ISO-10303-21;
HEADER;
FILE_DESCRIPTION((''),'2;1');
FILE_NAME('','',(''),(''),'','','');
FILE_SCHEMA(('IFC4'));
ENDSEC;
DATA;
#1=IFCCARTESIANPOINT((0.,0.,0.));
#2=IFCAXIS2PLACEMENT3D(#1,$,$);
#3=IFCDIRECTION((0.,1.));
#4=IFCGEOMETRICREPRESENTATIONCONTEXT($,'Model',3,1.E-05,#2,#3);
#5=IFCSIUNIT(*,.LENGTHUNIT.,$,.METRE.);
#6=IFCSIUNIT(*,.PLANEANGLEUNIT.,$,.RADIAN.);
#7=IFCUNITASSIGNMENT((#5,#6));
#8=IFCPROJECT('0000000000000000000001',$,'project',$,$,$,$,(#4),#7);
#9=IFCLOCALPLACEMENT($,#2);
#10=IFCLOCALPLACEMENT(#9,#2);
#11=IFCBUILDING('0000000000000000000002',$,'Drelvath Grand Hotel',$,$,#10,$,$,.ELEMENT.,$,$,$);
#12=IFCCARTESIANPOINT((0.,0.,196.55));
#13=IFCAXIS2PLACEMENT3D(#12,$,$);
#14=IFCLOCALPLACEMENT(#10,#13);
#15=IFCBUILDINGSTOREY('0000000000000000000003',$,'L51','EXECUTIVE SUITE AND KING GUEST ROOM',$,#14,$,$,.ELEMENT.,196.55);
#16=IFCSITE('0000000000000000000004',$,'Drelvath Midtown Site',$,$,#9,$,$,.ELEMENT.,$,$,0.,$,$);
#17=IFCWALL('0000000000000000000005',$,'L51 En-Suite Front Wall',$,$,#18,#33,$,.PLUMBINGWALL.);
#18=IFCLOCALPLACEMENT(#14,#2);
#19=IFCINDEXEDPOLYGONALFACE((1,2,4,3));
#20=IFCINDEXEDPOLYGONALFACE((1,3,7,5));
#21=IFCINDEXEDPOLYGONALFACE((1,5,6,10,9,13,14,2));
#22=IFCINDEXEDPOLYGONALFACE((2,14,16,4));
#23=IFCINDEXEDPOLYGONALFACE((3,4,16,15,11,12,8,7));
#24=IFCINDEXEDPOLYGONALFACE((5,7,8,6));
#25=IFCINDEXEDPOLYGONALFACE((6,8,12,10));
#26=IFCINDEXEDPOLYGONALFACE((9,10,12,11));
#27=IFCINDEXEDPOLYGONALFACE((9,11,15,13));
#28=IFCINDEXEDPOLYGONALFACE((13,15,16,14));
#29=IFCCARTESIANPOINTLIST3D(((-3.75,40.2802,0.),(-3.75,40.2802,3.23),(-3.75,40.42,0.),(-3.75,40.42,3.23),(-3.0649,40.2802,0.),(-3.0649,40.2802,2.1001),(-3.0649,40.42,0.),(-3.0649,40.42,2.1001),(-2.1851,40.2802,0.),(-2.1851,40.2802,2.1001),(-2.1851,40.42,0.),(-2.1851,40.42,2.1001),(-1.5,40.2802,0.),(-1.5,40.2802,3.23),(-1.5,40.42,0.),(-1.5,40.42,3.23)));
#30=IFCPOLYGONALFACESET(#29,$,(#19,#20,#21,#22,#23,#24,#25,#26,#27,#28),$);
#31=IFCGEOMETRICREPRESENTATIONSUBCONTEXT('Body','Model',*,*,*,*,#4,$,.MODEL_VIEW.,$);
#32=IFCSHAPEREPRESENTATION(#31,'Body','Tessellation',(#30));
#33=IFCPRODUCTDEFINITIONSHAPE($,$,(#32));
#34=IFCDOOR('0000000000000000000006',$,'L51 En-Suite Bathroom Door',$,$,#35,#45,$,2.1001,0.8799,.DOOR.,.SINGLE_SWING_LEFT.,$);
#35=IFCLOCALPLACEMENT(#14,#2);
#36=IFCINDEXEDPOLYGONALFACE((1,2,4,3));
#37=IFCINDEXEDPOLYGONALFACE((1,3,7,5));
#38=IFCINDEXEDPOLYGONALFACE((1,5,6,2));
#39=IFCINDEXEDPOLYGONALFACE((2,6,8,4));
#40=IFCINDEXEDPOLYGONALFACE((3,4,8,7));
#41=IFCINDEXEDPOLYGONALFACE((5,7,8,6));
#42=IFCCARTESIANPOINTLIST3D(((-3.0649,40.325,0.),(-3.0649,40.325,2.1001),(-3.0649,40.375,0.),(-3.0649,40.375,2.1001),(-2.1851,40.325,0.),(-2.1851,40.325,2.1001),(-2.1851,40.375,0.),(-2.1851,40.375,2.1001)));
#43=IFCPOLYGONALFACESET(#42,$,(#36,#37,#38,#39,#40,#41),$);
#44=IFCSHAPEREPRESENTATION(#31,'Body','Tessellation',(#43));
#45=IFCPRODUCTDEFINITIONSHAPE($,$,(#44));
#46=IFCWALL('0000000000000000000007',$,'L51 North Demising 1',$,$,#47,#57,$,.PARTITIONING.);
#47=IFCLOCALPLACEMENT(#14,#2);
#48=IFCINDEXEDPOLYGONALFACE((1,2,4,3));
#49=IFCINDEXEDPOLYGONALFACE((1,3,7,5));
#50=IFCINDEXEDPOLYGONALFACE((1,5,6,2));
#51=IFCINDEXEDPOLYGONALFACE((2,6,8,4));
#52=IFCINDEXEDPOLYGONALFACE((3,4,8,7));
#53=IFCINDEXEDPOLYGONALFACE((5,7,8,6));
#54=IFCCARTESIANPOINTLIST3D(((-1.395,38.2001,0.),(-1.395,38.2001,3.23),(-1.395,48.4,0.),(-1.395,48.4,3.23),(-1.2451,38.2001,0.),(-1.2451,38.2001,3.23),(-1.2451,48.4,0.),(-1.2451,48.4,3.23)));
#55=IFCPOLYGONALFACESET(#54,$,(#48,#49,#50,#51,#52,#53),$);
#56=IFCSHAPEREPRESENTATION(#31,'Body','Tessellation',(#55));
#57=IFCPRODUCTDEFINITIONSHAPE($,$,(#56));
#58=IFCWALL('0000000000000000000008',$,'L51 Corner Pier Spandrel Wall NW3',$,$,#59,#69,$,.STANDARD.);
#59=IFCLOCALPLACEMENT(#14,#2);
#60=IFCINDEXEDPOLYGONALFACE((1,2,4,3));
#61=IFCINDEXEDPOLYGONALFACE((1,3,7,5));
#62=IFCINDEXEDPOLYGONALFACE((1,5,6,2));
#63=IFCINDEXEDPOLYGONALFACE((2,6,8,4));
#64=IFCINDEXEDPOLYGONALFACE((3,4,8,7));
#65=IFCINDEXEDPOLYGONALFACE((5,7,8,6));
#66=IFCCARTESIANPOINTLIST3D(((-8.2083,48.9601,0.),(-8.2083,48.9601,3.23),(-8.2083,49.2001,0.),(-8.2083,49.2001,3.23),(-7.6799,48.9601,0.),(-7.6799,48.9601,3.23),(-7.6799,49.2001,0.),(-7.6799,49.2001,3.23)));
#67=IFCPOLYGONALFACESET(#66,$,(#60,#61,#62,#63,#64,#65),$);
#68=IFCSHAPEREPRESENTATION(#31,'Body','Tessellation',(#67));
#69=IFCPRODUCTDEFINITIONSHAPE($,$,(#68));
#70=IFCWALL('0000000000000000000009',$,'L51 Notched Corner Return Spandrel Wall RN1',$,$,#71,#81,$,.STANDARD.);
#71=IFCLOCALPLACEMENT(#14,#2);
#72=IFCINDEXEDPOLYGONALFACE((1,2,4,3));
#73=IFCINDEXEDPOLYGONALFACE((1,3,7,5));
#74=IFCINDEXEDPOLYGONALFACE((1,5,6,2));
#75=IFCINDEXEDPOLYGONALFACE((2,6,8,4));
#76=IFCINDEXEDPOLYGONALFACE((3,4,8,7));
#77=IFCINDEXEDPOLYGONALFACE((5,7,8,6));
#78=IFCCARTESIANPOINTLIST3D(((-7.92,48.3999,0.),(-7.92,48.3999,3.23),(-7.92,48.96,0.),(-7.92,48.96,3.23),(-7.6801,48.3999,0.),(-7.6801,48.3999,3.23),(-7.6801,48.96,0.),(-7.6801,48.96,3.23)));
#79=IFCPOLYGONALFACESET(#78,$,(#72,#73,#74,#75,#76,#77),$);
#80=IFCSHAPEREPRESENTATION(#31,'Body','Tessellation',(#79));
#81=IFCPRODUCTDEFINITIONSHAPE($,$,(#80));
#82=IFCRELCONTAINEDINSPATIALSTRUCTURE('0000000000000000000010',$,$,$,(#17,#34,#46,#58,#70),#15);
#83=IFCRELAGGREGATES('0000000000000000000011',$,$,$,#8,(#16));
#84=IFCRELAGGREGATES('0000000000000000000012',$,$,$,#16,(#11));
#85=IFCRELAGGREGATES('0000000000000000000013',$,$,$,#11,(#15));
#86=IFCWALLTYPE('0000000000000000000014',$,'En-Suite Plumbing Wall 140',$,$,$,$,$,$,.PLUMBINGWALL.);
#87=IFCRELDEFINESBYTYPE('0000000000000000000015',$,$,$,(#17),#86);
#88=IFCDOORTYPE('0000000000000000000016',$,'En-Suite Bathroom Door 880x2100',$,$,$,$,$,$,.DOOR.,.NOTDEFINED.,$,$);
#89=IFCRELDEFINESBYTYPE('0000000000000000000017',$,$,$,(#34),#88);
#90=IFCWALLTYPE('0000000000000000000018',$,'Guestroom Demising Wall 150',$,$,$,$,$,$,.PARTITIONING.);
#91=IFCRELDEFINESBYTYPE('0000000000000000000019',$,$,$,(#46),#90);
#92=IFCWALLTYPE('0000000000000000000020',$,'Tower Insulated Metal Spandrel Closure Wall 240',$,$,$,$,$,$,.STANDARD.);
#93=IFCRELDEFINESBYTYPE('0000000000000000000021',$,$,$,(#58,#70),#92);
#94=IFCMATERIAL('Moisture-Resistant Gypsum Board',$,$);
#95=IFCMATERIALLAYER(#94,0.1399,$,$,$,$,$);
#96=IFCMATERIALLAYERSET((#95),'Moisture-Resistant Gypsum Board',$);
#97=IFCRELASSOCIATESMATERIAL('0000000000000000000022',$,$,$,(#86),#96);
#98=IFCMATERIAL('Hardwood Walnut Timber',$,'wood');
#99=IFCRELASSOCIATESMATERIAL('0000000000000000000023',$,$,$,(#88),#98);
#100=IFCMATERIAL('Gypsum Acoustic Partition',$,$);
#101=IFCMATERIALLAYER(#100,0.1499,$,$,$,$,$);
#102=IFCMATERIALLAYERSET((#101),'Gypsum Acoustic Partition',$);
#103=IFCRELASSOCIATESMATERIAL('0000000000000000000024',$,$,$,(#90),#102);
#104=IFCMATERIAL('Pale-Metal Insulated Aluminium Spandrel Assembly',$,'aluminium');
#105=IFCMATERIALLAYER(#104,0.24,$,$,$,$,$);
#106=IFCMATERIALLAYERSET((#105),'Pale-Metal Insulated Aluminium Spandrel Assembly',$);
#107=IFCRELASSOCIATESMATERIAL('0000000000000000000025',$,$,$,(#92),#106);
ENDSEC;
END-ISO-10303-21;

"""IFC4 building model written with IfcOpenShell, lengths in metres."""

from ifc_helpers import new_model, si_unit, direction, frame, frame_2d, origin, place, context, subcontext, project, spatial, rectangle, extrude, material, layer, layer_set, type_object, element, fill, save


model = new_model("IFC4")

# Units and contexts
model_context = context("Model", 3, precision=1e-05, world=origin(), true_north=direction((0.0, 1.0)))
body_context = subcontext(model_context, "Body", "Model", "MODEL_VIEW")
ifc_project = project(units=[si_unit("LENGTHUNIT", "METRE"), si_unit("PLANEANGLEUNIT", "RADIAN")], contexts=[model_context])

# Site, building, storey
site_placement = place(None, origin())
site = spatial("IfcSite", under=ifc_project, at=site_placement, Name="Drelvath Midtown Site", CompositionType="ELEMENT", RefElevation=0.0)
building_placement = place(site_placement, origin())
building = spatial("IfcBuilding", under=site, at=building_placement, Name="Drelvath Grand Hotel", CompositionType="ELEMENT")
storey_placement = place(building_placement, frame((0.0, 0.0, 196.55)))
storey = spatial("IfcBuildingStorey", under=building, at=storey_placement, Name="L51", Description="EXECUTIVE SUITE AND KING GUEST ROOM", CompositionType="ELEMENT", Elevation=196.55)

# Wall, opening, door
ifc_material_1 = material(Name="Moisture-Resistant Gypsum Board")
ifc_layer_1 = layer(ifc_material_1, 0.1399)
ifc_layer_set_1 = layer_set([ifc_layer_1], Name="Moisture-Resistant Gypsum Board")
wall_type_1 = type_object("IfcWallType", Name="En-Suite Plumbing Wall 140", PredefinedType="PLUMBINGWALL", material=ifc_layer_set_1)
wall_1_placement = place(storey_placement, frame((-3.75, 40.3501, 0.0), z_axis=(0.0, 0.0, 1.0), x_axis=(1.0, 0.0, 0.0)))
wall_1 = element("IfcWall", 1, at=wall_1_placement, inside=storey, type_object=wall_type_1, Name="L51 En-Suite Front Wall", PredefinedType="PLUMBINGWALL", context=body_context, shape_type="SweptSolid", body=[
    extrude(rectangle(XDim=2.25, YDim=0.1399, at=frame_2d((1.125, 0.0))), origin(), (0.0, 0.0, 1.0), 3.23),
])
opening_placement = place(wall_1_placement, frame((0.6851, 0.0, 0.0)))
opening = element("IfcOpeningElement", 2, at=opening_placement, cuts=wall_1, PredefinedType="OPENING", context=body_context, shape_type="SweptSolid", body=[
    extrude(rectangle(XDim=0.8799, YDim=2.1001, at=frame_2d((0.4399, 1.05))), frame((0.0, 0.0798, 0.0), z_axis=(0.0, -1.0, 0.0), x_axis=(1.0, 0.0, 0.0)), (0.0, 0.0, 1.0), 0.1599),
])
ifc_material_2 = material(Name="Hardwood Walnut Timber", Category="wood")
door_type = type_object("IfcDoorType", Name="En-Suite Bathroom Door 880x2100", OperationType="NOTDEFINED", PredefinedType="DOOR", material=ifc_material_2)
door_placement = place(opening_placement, origin())
door = element("IfcDoor", 3, at=door_placement, inside=storey, type_object=door_type, Name="L51 En-Suite Bathroom Door", OperationType="SINGLE_SWING_LEFT", OverallHeight=2.1001, OverallWidth=0.8799, PredefinedType="DOOR", context=body_context, shape_type="SweptSolid", body=[
    extrude(rectangle(XDim=0.8799, YDim=2.1001, at=frame_2d((0.4399, 1.05))), frame((0.0, 0.0249, 0.0), z_axis=(0.0, -1.0, 0.0), x_axis=(1.0, 0.0, 0.0)), (0.0, 0.0, 1.0), 0.05),
])
fill(opening, door)

# Walls
ifc_material_3 = material(Name="Gypsum Acoustic Partition")
ifc_layer_2 = layer(ifc_material_3, 0.1499)
ifc_layer_set_2 = layer_set([ifc_layer_2], Name="Gypsum Acoustic Partition")
wall_type_2 = type_object("IfcWallType", Name="Guestroom Demising Wall 150", PredefinedType="PARTITIONING", material=ifc_layer_set_2)
wall_2_placement = place(storey_placement, frame((-1.3201, 38.2, 0.0), z_axis=(0.0, 0.0, 1.0), x_axis=(0.0, 1.0, 0.0)))
element("IfcWall", 4, at=wall_2_placement, inside=storey, type_object=wall_type_2, Name="L51 North Demising 1", PredefinedType="PARTITIONING", context=body_context, shape_type="SweptSolid", body=[
    extrude(rectangle(XDim=10.2, YDim=0.1499, at=frame_2d((5.1001, 0.0))), origin(), (0.0, 0.0, 1.0), 3.23),
])
ifc_material_4 = material(Name="Pale-Metal Insulated Aluminium Spandrel Assembly", Category="aluminium")
ifc_layer_3 = layer(ifc_material_4, 0.24)
ifc_layer_set_3 = layer_set([ifc_layer_3], Name="Pale-Metal Insulated Aluminium Spandrel Assembly")
wall_type_3 = type_object("IfcWallType", Name="Tower Insulated Metal Spandrel Closure Wall 240", PredefinedType="STANDARD", material=ifc_layer_set_3)
wall_3_placement = place(storey_placement, frame((-8.2083, 49.0801, 0.0), z_axis=(0.0, 0.0, 1.0), x_axis=(1.0, 0.0, 0.0)))
element("IfcWall", 5, at=wall_3_placement, inside=storey, type_object=wall_type_3, Name="L51 Corner Pier Spandrel Wall NW3", PredefinedType="STANDARD", context=body_context, shape_type="SweptSolid", body=[
    extrude(rectangle(XDim=0.5283, YDim=0.24, at=frame_2d((0.2642, 0.0))), origin(), (0.0, 0.0, 1.0), 3.23),
])
wall_4_placement = place(storey_placement, frame((-7.8, 48.96, 0.0), z_axis=(0.0, 0.0, 1.0), x_axis=(0.0, -1.0, 0.0)))
element("IfcWall", 6, at=wall_4_placement, inside=storey, type_object=wall_type_3, Name="L51 Notched Corner Return Spandrel Wall RN1", PredefinedType="STANDARD", context=body_context, shape_type="SweptSolid", body=[
    extrude(rectangle(XDim=0.5601, YDim=0.24, at=frame_2d((0.28, 0.0))), origin(), (0.0, 0.0, 1.0), 3.23),
])

save(model, "model.ifc")
